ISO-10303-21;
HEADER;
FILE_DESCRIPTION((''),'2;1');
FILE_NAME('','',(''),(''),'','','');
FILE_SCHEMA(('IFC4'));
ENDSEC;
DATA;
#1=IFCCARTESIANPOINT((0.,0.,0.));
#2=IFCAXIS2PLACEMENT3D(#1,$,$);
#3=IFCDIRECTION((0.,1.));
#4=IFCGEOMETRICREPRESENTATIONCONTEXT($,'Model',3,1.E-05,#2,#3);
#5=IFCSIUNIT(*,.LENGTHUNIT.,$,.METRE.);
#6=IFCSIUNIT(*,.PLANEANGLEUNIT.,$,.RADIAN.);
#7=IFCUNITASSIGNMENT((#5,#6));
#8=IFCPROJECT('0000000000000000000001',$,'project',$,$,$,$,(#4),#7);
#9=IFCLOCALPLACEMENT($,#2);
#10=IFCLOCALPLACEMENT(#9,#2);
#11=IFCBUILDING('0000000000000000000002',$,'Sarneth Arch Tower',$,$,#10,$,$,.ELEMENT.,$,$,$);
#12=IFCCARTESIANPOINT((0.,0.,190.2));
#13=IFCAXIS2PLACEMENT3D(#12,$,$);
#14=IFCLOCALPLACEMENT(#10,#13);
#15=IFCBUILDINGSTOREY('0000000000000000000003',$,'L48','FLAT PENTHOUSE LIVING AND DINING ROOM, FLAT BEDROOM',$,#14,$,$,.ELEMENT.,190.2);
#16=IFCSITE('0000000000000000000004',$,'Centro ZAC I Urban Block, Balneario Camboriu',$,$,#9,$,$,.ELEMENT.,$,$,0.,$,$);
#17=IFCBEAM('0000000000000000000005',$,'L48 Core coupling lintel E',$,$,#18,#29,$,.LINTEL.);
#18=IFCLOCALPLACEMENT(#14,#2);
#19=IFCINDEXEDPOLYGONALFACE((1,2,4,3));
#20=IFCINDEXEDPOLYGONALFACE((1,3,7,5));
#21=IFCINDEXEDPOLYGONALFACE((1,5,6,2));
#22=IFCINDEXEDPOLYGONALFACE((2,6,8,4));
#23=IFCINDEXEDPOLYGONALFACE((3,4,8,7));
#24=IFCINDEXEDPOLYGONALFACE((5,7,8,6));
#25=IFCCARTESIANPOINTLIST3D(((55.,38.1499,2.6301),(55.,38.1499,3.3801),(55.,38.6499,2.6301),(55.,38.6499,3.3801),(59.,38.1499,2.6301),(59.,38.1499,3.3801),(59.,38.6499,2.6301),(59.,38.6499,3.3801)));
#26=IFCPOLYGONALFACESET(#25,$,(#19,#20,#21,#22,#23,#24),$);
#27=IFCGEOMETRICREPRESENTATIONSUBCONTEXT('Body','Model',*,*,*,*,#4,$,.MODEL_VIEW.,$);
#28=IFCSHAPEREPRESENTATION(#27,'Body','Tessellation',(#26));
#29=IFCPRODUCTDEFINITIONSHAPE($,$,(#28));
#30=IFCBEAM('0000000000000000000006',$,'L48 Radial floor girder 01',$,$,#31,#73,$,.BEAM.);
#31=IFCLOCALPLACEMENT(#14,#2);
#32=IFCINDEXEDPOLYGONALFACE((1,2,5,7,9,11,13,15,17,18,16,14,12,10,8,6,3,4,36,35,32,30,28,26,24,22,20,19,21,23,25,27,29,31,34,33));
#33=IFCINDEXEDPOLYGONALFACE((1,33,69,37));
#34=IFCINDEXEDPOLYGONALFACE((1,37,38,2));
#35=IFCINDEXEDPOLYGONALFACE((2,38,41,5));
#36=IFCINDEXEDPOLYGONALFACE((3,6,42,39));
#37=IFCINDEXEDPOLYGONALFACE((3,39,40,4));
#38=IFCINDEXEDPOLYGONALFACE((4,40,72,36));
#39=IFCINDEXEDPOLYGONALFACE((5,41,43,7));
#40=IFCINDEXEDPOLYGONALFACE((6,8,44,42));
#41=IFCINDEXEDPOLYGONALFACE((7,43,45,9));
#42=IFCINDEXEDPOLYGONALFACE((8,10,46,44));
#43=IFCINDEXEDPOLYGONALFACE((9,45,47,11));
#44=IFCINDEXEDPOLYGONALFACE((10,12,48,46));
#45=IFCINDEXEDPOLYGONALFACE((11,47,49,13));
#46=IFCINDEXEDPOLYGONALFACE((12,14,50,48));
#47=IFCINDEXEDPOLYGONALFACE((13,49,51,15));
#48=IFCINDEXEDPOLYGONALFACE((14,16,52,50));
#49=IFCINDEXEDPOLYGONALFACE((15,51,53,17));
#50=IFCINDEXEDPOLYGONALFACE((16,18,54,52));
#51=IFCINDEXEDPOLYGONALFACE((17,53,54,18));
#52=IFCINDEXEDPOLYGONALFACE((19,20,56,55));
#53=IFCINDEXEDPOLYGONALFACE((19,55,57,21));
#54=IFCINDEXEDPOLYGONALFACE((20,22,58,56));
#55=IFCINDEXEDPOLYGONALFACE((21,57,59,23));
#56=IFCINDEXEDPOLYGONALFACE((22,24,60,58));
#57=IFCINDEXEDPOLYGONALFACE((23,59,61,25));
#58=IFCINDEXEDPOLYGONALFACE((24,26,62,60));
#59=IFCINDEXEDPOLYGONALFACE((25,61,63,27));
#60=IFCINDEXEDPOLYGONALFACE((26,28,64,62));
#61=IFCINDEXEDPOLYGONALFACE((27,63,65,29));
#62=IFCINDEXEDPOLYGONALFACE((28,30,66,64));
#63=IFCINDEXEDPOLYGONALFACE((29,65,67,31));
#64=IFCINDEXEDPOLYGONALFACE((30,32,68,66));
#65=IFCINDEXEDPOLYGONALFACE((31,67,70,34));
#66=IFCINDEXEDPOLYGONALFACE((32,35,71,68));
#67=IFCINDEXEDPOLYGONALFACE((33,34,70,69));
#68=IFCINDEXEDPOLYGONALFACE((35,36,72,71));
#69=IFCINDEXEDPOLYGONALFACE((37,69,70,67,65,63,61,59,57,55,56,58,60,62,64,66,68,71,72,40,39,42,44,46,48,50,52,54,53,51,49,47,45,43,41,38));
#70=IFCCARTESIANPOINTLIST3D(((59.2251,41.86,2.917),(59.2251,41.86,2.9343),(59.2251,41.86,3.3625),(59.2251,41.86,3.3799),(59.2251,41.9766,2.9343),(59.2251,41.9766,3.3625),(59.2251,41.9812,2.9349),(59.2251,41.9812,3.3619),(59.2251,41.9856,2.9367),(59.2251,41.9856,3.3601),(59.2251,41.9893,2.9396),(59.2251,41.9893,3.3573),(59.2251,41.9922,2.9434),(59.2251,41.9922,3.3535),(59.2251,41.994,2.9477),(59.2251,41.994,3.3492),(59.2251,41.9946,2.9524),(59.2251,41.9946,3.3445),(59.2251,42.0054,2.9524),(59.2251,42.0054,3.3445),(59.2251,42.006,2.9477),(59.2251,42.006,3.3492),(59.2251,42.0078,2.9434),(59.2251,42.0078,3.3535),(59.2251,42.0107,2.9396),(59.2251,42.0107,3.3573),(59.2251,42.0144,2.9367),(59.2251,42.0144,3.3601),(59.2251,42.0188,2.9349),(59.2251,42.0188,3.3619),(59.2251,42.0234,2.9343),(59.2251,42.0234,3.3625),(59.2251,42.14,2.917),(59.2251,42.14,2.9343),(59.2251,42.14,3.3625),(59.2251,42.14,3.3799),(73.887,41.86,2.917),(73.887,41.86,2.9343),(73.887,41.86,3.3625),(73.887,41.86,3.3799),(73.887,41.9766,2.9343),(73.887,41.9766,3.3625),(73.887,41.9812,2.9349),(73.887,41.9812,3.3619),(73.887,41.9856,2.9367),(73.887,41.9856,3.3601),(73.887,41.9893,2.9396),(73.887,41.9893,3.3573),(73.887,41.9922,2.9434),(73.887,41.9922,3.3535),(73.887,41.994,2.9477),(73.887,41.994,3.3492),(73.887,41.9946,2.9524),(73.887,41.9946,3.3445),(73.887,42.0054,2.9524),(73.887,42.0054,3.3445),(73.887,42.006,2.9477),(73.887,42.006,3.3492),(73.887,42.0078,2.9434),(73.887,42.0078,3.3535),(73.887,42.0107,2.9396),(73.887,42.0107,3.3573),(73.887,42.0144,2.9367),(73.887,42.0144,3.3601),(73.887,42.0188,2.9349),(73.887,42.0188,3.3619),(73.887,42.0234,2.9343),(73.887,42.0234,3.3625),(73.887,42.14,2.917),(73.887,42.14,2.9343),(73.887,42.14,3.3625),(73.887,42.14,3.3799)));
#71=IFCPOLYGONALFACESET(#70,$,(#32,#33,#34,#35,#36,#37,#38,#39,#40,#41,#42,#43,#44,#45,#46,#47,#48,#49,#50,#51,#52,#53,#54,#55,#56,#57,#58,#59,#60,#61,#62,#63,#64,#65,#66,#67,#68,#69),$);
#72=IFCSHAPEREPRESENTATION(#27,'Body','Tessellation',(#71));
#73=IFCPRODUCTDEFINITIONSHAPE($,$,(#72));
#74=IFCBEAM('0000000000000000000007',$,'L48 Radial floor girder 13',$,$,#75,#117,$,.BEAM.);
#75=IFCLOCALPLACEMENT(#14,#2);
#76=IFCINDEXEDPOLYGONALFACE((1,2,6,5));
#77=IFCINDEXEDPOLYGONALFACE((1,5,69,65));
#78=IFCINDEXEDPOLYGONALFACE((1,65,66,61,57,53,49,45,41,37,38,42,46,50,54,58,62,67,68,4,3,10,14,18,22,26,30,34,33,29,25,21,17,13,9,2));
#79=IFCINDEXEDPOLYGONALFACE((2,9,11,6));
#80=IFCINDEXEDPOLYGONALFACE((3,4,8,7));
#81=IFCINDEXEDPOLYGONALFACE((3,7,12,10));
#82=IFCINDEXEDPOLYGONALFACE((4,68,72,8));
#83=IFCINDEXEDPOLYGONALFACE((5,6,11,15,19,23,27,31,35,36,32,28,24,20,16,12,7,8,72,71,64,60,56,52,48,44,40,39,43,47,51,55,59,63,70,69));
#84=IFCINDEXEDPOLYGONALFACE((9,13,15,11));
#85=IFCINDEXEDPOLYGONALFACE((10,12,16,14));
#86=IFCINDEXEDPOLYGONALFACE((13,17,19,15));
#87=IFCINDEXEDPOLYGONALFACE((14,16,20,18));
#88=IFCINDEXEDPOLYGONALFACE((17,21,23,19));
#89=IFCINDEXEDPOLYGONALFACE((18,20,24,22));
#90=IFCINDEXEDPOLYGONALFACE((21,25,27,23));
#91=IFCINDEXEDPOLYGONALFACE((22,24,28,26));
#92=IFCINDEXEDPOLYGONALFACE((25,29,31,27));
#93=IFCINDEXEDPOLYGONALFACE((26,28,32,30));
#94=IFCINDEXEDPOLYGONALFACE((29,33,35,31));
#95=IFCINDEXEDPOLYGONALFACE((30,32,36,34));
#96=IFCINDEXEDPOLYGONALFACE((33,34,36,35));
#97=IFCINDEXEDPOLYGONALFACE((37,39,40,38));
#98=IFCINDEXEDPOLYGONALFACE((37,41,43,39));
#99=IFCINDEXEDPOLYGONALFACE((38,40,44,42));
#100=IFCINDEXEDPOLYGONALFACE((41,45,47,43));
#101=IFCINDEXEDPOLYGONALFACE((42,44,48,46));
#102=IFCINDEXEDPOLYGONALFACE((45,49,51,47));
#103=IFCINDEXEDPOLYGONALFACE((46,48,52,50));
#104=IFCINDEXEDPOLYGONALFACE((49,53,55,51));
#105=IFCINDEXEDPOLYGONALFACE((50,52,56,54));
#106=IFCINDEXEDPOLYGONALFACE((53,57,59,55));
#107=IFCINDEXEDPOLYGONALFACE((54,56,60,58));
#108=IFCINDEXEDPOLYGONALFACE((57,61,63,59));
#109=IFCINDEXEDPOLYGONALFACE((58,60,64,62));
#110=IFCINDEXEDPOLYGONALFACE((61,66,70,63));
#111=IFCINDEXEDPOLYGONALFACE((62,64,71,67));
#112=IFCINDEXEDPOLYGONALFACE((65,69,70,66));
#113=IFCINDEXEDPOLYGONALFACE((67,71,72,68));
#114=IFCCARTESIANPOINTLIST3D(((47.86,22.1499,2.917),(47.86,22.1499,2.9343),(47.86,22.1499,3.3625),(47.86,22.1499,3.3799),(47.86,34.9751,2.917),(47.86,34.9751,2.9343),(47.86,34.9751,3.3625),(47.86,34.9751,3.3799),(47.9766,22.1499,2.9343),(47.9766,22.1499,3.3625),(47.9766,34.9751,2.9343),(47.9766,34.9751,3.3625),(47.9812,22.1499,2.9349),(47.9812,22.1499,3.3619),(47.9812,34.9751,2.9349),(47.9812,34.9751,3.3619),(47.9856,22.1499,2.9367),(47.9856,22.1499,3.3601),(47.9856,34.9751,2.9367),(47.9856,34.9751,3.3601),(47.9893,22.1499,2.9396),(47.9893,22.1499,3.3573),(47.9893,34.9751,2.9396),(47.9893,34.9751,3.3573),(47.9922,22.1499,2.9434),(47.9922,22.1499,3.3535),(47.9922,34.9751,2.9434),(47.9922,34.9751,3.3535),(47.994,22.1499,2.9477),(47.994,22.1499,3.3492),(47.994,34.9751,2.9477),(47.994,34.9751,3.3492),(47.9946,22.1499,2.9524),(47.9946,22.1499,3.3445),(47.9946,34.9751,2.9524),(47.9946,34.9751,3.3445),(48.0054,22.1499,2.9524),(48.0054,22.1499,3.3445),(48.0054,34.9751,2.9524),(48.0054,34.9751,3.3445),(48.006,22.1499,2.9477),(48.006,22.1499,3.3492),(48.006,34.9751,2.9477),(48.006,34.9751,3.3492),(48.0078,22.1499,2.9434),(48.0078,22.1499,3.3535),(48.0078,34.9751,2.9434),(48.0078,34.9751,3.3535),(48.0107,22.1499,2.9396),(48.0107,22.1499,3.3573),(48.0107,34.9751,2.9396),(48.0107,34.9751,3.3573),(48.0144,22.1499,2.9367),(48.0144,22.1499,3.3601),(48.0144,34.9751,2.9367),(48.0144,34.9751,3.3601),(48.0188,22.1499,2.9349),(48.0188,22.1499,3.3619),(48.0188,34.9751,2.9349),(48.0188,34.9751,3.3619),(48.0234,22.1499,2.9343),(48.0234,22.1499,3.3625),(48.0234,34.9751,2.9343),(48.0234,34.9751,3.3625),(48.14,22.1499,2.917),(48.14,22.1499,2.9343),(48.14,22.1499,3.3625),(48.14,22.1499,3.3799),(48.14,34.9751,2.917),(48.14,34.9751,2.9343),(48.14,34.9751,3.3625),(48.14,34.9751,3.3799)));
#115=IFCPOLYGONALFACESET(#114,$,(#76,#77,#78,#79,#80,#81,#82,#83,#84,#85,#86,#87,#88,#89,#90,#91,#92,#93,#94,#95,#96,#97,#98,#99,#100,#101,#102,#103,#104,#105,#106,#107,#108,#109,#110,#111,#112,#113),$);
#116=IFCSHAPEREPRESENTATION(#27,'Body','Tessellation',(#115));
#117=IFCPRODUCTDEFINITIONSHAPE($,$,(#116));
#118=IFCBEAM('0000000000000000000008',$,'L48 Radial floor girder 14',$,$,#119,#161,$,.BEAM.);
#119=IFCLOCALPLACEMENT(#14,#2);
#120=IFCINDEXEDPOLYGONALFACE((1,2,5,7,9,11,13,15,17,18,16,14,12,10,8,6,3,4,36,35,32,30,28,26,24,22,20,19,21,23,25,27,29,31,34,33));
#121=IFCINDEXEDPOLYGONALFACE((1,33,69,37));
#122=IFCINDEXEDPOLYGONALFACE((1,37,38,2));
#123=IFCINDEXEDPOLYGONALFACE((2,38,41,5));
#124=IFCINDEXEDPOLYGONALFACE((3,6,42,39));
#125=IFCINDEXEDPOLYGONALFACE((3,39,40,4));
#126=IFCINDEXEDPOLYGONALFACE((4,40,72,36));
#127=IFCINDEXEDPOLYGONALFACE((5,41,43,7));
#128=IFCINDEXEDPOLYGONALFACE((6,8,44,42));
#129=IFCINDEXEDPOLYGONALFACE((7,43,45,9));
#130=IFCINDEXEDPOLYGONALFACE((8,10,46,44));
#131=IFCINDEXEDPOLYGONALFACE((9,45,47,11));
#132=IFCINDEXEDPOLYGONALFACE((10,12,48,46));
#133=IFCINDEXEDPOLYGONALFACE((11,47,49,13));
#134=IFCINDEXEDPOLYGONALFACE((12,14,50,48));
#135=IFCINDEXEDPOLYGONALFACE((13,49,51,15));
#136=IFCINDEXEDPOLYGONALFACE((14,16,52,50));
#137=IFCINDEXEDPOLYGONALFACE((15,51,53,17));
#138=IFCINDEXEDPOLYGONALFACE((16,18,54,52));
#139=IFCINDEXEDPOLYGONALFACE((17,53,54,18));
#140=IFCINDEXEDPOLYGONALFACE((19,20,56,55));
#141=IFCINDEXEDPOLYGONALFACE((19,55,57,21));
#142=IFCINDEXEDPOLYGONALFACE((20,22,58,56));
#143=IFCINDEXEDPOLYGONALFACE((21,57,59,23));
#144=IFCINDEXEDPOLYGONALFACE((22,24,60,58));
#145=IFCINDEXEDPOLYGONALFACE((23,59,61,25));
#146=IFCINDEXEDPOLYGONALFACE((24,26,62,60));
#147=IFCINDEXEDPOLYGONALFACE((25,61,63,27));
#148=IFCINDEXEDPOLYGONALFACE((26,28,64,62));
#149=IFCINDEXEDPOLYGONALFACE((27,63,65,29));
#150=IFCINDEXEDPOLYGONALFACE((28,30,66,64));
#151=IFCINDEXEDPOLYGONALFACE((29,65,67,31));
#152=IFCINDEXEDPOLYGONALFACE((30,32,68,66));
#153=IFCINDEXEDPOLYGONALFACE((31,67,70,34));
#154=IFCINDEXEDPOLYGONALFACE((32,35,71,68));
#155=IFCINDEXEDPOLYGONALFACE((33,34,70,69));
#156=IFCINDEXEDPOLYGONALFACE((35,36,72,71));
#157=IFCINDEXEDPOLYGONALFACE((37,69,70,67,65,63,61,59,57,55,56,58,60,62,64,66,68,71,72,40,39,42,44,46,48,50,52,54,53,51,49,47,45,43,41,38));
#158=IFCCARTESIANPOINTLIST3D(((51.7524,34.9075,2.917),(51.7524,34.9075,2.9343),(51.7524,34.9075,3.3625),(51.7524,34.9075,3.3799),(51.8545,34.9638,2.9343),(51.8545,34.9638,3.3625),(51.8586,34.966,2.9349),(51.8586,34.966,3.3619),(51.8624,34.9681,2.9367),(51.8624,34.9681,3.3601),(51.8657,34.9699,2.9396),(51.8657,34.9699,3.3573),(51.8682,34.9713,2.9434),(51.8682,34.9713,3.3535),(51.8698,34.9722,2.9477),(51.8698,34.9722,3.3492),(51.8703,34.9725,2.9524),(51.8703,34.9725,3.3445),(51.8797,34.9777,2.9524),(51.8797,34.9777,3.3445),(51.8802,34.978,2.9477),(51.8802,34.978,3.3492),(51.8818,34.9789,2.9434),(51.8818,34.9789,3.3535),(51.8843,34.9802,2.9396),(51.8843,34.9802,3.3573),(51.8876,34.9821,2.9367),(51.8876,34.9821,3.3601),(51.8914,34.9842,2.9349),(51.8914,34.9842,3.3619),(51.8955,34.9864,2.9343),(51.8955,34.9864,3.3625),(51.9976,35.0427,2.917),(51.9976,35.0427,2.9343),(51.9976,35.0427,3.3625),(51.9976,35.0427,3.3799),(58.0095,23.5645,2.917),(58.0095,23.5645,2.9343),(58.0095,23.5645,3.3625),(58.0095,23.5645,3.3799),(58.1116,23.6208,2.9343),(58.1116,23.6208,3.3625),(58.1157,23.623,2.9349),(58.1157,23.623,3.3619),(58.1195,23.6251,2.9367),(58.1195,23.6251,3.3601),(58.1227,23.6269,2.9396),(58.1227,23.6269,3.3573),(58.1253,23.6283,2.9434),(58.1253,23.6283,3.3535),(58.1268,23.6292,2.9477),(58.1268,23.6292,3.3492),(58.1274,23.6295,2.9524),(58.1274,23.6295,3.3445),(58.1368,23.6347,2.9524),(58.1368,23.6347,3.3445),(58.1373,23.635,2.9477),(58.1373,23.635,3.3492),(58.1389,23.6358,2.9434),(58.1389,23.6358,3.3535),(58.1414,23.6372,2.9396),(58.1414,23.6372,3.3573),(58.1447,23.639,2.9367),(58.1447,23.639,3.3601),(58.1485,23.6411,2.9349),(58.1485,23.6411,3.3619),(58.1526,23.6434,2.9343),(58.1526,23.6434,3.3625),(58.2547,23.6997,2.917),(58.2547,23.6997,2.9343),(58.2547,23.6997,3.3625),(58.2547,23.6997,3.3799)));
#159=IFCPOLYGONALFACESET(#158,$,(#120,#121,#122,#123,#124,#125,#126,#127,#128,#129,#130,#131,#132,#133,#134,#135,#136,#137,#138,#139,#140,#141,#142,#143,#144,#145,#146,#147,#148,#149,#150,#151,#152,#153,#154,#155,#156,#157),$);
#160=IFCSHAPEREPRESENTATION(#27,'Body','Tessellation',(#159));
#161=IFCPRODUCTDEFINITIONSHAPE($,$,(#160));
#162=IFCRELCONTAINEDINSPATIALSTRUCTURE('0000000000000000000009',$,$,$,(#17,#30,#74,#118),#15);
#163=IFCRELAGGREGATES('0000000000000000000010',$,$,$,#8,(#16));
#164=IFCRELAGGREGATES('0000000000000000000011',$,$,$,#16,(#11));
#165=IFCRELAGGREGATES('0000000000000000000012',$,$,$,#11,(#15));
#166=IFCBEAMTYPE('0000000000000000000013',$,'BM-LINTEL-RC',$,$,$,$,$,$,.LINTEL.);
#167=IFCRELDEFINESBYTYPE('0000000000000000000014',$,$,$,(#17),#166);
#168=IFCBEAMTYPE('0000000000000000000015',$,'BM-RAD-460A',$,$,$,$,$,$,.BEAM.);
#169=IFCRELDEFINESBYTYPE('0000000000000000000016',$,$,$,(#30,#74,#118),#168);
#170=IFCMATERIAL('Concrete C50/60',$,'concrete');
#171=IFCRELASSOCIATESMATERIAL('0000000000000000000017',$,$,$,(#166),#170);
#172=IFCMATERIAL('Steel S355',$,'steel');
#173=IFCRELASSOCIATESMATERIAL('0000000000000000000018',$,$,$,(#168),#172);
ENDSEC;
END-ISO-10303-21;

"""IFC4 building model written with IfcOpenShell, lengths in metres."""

from ifc_helpers import new_model, si_unit, direction, frame, origin, origin_2d, place, context, subcontext, project, spatial, rectangle, i_section, extrude, material, material_profile, profile_set, type_object, element, save


model = new_model("IFC4")

# Units and contexts
model_context = context("Model", 3, precision=1e-05, world=origin(), true_north=direction((0.0, 1.0)))
body_context = subcontext(model_context, "Body", "Model", "MODEL_VIEW")
ifc_project = project(units=[si_unit("LENGTHUNIT", "METRE"), si_unit("PLANEANGLEUNIT", "RADIAN")], contexts=[model_context])

# Site, building, storey
site_placement = place(None, origin())
site = spatial("IfcSite", under=ifc_project, at=site_placement, Name="Centro ZAC I Urban Block, Balneario Camboriu", CompositionType="ELEMENT", RefElevation=0.0)
building_placement = place(site_placement, origin())
building = spatial("IfcBuilding", under=site, at=building_placement, Name="Sarneth Arch Tower", CompositionType="ELEMENT")
storey_placement = place(building_placement, frame((0.0, 0.0, 190.2)))
storey = spatial("IfcBuildingStorey", under=building, at=storey_placement, Name="L48", Description="FLAT PENTHOUSE LIVING AND DINING ROOM, FLAT BEDROOM", CompositionType="ELEMENT", Elevation=190.2)

# Beams
ifc_material_1 = material(Name="Concrete C50/60", Category="concrete")
ifc_material_profile_1 = material_profile(ifc_material_1, rectangle(XDim=0.5, YDim=0.75, at=origin_2d()), Name="RC-500x750")
ifc_profile_set_1 = profile_set([ifc_material_profile_1], Name="Concrete C50/60")
beam_type_1 = type_object("IfcBeamType", Name="BM-LINTEL-RC", PredefinedType="LINTEL", material=ifc_profile_set_1)
beam_1_placement = place(storey_placement, frame((55.0, 38.3999, 3.0051), z_axis=(1.0, 0.0, 0.0), x_axis=(0.0, 1.0, 0.0)))
element("IfcBeam", 1, at=beam_1_placement, inside=storey, type_object=beam_type_1, Name="L48 Core coupling lintel E", PredefinedType="LINTEL", context=body_context, shape_type="SweptSolid", body=[
    extrude(rectangle(XDim=0.5, YDim=0.75, at=origin_2d()), origin(), (0.0, 0.0, 1.0), 4.0),
])
ifc_material_2 = material(Name="Steel S355", Category="steel")
ifc_material_profile_2 = material_profile(ifc_material_2, i_section(OverallWidth=0.28, OverallDepth=0.4629, WebThickness=0.0107, FlangeThickness=0.0173, FilletRadius=0.0181, at=origin_2d()), Name="W460x113")
ifc_profile_set_2 = profile_set([ifc_material_profile_2], Name="Steel S355")
beam_type_2 = type_object("IfcBeamType", Name="BM-RAD-460A", PredefinedType="BEAM", material=ifc_profile_set_2)
beam_2_placement = place(storey_placement, frame((59.2251, 42.0, 3.1484), z_axis=(1.0, 0.0, 0.0), x_axis=(0.0, 1.0, 0.0)))
element("IfcBeam", 2, at=beam_2_placement, inside=storey, type_object=beam_type_2, Name="L48 Radial floor girder 01", PredefinedType="BEAM", context=body_context, shape_type="SweptSolid", body=[
    extrude(i_section(OverallWidth=0.28, OverallDepth=0.4629, WebThickness=0.0107, FlangeThickness=0.0173, FilletRadius=0.0181, at=origin_2d()), origin(), (0.0, 0.0, 1.0), 14.6619),
])
beam_3_placement = place(storey_placement, frame((48.0, 34.9751, 3.1484), z_axis=(0.0, -1.0, 0.0), x_axis=(1.0, 0.0, 0.0)))
element("IfcBeam", 3, at=beam_3_placement, inside=storey, type_object=beam_type_2, Name="L48 Radial floor girder 13", PredefinedType="BEAM", context=body_context, shape_type="SweptSolid", body=[
    extrude(i_section(OverallWidth=0.28, OverallDepth=0.4629, WebThickness=0.0107, FlangeThickness=0.0173, FilletRadius=0.0181, at=origin_2d()), origin(), (0.0, 0.0, 1.0), 12.8252),
])
beam_4_placement = place(storey_placement, frame((51.875, 34.9751, 3.1484), z_axis=(0.48301, -0.875615, 0.0), x_axis=(0.875615, 0.48301, 0.0)))
element("IfcBeam", 4, at=beam_4_placement, inside=storey, type_object=beam_type_2, Name="L48 Radial floor girder 14", PredefinedType="BEAM", context=body_context, shape_type="SweptSolid", body=[
    extrude(i_section(OverallWidth=0.28, OverallDepth=0.4629, WebThickness=0.0107, FlangeThickness=0.0173, FilletRadius=0.0181, at=origin_2d()), origin(), (0.0, 0.0, 1.0), 12.9543),
])

save(model, "model.ifc")
